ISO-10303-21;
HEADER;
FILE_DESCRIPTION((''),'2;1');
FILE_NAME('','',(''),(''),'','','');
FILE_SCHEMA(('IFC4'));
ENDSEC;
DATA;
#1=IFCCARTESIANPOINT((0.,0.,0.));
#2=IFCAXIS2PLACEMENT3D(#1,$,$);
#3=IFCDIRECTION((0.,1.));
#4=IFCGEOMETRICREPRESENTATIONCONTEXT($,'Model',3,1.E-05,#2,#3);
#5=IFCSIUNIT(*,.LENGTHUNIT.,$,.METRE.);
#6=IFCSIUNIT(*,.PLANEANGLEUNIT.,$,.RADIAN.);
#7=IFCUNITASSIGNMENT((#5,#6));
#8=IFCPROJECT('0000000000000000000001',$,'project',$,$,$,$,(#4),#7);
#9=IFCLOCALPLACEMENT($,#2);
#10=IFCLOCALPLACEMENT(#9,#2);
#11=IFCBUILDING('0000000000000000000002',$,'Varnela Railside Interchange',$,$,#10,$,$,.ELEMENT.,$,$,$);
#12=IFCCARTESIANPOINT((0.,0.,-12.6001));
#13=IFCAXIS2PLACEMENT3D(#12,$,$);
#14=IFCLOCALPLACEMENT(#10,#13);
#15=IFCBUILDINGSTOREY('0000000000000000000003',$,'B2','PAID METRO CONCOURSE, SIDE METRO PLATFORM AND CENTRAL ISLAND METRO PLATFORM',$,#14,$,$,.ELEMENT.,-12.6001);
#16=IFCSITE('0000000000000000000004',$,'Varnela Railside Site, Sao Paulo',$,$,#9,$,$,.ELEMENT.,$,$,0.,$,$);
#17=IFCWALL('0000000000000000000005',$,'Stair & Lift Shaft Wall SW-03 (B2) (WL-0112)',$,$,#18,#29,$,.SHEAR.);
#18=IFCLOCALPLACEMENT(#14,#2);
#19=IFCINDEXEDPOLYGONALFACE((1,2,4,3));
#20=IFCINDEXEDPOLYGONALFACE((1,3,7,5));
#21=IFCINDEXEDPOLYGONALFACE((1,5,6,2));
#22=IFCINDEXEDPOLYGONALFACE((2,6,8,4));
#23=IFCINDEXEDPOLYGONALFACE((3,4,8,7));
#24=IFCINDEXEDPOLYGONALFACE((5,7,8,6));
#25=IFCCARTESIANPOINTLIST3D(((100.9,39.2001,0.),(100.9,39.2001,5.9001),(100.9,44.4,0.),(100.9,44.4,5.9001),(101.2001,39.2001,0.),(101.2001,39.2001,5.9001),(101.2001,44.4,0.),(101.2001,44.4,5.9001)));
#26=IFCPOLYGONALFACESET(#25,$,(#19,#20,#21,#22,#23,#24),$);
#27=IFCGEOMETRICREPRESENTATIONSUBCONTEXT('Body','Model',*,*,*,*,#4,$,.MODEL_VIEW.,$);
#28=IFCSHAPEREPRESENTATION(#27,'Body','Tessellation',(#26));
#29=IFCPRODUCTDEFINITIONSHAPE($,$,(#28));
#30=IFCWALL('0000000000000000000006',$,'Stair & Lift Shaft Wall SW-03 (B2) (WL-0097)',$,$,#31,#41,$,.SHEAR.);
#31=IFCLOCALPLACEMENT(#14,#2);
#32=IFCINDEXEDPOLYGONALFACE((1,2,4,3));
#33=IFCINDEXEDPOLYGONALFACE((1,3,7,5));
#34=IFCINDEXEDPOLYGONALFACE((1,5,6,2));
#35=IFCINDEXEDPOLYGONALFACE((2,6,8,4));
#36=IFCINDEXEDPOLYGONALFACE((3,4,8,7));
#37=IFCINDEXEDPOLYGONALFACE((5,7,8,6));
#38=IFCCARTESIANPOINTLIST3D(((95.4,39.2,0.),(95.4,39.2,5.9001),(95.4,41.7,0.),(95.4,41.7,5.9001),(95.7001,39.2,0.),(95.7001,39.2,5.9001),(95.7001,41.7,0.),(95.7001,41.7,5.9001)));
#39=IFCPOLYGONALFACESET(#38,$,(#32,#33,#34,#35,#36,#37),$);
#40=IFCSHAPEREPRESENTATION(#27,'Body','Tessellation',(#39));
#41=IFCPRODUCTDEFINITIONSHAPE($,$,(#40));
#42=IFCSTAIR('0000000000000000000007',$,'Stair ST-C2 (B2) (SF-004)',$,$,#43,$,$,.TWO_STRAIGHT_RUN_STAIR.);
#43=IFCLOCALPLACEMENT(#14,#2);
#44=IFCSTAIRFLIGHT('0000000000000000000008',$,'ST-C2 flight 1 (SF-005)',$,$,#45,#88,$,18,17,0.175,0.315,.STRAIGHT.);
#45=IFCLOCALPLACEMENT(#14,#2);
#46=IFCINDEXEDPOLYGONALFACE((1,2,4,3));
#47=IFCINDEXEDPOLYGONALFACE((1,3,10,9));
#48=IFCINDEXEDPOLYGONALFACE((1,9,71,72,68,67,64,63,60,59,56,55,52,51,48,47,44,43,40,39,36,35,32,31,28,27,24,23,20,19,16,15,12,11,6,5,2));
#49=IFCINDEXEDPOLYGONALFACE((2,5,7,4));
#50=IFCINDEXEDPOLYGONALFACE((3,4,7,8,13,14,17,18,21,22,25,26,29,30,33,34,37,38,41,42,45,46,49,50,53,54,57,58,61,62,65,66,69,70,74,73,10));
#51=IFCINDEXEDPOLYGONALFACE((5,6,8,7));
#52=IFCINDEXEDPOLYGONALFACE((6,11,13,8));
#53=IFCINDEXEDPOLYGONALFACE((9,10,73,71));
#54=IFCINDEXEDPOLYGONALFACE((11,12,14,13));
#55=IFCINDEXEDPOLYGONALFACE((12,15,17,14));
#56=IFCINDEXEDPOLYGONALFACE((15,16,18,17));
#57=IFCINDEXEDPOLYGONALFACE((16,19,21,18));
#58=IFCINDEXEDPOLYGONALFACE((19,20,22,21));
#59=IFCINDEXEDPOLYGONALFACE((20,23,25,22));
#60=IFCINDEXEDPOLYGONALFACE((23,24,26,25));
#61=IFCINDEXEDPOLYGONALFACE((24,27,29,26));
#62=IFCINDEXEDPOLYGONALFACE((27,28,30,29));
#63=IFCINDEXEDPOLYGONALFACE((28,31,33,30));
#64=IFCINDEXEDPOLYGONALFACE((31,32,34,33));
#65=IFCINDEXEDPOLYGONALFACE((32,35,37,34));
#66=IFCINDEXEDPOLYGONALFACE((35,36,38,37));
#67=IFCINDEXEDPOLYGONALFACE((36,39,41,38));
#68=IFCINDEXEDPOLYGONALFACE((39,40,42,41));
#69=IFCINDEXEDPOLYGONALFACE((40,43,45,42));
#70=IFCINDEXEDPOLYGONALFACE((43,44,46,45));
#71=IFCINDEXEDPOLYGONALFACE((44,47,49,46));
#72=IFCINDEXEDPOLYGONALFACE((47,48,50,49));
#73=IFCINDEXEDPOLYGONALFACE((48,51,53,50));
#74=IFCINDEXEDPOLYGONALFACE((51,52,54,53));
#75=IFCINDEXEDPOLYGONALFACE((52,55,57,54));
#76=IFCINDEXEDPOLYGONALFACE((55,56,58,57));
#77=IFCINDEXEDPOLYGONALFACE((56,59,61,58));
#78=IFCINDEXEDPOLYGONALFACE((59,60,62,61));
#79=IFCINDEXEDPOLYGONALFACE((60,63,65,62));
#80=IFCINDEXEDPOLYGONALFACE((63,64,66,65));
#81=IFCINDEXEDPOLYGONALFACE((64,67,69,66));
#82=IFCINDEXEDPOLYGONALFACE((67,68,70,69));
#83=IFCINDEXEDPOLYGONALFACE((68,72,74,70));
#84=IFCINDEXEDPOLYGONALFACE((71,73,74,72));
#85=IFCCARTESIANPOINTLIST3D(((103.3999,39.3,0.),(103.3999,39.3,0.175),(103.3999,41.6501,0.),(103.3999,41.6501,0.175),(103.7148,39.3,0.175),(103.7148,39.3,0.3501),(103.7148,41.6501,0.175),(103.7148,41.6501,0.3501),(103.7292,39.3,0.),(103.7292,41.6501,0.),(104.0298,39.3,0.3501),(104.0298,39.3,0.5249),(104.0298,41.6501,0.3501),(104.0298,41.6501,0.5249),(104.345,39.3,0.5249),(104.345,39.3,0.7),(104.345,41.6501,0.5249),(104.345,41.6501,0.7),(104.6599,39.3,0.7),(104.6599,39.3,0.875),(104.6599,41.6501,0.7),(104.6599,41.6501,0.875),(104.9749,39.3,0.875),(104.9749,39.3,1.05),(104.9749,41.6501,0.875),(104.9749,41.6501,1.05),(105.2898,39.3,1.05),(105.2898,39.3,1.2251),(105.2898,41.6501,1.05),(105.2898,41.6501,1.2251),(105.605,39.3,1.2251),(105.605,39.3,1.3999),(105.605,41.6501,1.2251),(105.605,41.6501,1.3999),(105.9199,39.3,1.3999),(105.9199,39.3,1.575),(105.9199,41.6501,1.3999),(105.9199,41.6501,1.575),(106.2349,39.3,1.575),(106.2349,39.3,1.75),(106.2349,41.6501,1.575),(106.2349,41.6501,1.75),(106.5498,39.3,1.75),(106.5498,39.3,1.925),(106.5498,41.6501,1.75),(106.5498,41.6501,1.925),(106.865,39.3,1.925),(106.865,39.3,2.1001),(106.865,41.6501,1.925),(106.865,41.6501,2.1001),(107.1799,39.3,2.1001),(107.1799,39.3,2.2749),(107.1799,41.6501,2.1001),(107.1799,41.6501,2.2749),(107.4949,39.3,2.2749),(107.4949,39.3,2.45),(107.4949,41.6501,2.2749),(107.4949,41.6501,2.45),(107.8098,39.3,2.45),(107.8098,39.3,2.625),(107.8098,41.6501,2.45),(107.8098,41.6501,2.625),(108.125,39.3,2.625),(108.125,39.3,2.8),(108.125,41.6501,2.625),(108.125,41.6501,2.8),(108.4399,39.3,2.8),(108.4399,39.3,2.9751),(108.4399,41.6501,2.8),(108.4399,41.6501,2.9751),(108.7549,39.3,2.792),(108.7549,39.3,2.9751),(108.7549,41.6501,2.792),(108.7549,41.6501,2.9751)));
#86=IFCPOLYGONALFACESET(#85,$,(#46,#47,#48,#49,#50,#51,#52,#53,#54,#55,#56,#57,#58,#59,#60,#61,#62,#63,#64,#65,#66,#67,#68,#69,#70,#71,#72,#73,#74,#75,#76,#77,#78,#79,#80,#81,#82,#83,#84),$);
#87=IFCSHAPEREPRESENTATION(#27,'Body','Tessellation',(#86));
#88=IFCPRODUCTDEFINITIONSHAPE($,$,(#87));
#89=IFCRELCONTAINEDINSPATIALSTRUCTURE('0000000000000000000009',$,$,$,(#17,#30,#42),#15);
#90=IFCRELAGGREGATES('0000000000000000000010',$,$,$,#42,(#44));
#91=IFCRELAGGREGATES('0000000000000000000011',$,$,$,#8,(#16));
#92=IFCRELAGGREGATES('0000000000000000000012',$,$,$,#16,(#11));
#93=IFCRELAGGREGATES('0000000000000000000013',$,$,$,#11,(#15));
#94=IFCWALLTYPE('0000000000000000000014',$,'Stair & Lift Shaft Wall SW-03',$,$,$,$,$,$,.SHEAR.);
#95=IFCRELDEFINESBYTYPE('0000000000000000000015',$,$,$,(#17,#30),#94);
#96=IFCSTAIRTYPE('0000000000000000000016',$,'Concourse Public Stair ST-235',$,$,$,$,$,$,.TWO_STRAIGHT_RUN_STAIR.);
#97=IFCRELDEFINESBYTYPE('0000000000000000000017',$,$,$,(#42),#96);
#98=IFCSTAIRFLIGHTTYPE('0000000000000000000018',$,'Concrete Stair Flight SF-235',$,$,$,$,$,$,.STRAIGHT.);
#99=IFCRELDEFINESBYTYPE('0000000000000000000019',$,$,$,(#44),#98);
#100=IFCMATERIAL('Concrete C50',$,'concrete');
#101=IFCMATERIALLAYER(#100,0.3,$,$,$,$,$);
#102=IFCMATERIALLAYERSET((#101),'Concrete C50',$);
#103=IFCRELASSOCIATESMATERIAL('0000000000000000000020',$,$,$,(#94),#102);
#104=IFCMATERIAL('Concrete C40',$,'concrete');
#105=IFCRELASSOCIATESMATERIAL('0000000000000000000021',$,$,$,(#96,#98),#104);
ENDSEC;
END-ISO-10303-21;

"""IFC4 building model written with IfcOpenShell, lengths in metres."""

from ifc_helpers import new_model, si_unit, direction, frame, frame_2d, origin, place, context, subcontext, project, spatial, polyline, rectangle, outline, extrude, material, layer, layer_set, type_object, element, aggregate, save


model = new_model("IFC4")

# Units and contexts
model_context = context("Model", 3, precision=1e-05, world=origin(), true_north=direction((0.0, 1.0)))
body_context = subcontext(model_context, "Body", "Model", "MODEL_VIEW")
ifc_project = project(units=[si_unit("LENGTHUNIT", "METRE"), si_unit("PLANEANGLEUNIT", "RADIAN")], contexts=[model_context])

# Site, building, storey
site_placement = place(None, origin())
site = spatial("IfcSite", under=ifc_project, at=site_placement, Name="Varnela Railside Site, Sao Paulo", CompositionType="ELEMENT", RefElevation=0.0)
building_placement = place(site_placement, origin())
building = spatial("IfcBuilding", under=site, at=building_placement, Name="Varnela Railside Interchange", CompositionType="ELEMENT")
storey_placement = place(building_placement, frame((0.0, 0.0, -12.6001)))
storey = spatial("IfcBuildingStorey", under=building, at=storey_placement, Name="B2", Description="PAID METRO CONCOURSE, SIDE METRO PLATFORM AND CENTRAL ISLAND METRO PLATFORM", CompositionType="ELEMENT", Elevation=-12.6001)

# Shared definitions
ifc_material_1 = material(Name="Concrete C40", Category="concrete")

# Shared definitions
ifc_material_2 = material(Name="Concrete C50", Category="concrete")

# Shared definitions
ifc_layer = layer(ifc_material_2, 0.3)
ifc_layer_set = layer_set([ifc_layer], Name="Concrete C50")
wall_type = type_object("IfcWallType", Name="Stair & Lift Shaft Wall SW-03", PredefinedType="SHEAR", material=ifc_layer_set)

# Walls
wall_1_placement = place(storey_placement, frame((101.05, 39.2, 0.0), z_axis=(0.0, 0.0, 1.0), x_axis=(0.0, 1.0, 0.0)))
element("IfcWall", 1, at=wall_1_placement, inside=storey, type_object=wall_type, Name="Stair & Lift Shaft Wall SW-03 (B2) (WL-0112)", PredefinedType="SHEAR", context=body_context, shape_type="SweptSolid", body=[
    extrude(rectangle(XDim=5.2, YDim=0.3, at=frame_2d((2.6001, 0.0))), origin(), (0.0, 0.0, 1.0), 5.9001),
])
wall_2_placement = place(storey_placement, frame((95.55, 39.2, 0.0), z_axis=(0.0, 0.0, 1.0), x_axis=(0.0, 1.0, 0.0)))
element("IfcWall", 2, at=wall_2_placement, inside=storey, type_object=wall_type, Name="Stair & Lift Shaft Wall SW-03 (B2) (WL-0097)", PredefinedType="SHEAR", context=body_context, shape_type="SweptSolid", body=[
    extrude(rectangle(XDim=2.5, YDim=0.3, at=frame_2d((1.25, 0.0))), origin(), (0.0, 0.0, 1.0), 5.9001),
])

# Stair, stair flight
stair_type = type_object("IfcStairType", Name="Concourse Public Stair ST-235", PredefinedType="TWO_STRAIGHT_RUN_STAIR", material=ifc_material_1)
stair_placement = place(storey_placement, origin())
stair = element("IfcStair", 3, at=stair_placement, inside=storey, type_object=stair_type, Name="Stair ST-C2 (B2) (SF-004)", PredefinedType="TWO_STRAIGHT_RUN_STAIR")
stair_flight_type = type_object("IfcStairFlightType", Name="Concrete Stair Flight SF-235", PredefinedType="STRAIGHT", material=ifc_material_1)
stair_flight_placement = place(storey_placement, frame((103.3999, 40.4751, 0.0), z_axis=(0.0, 0.0, 1.0), x_axis=(1.0, 0.0, 0.0)))
stair_flight = element("IfcStairFlight", 4, at=stair_flight_placement, type_object=stair_flight_type, Name="ST-C2 flight 1 (SF-005)", NumberOfRisers=18, NumberOfTreads=17, PredefinedType="STRAIGHT", RiserHeight=0.175, TreadLength=0.315, context=body_context, shape_type="SweptSolid", body=[
    extrude(outline(polyline([(0.0, 0.0), (0.0, 0.175), (0.3149, 0.175), (0.3149, 0.3501), (0.6299, 0.3501), (0.6299, 0.5249), (0.9451, 0.5249), (0.9451, 0.7), (1.26, 0.7), (1.26, 0.875), (1.575, 0.875), (1.575, 1.05), (1.8899, 1.05), (1.8899, 1.2251), (2.2051, 1.2251), (2.2051, 1.3999), (2.52, 1.3999), (2.52, 1.575), (2.835, 1.575), (2.835, 1.75), (3.1499, 1.75), (3.1499, 1.925), (3.4651, 1.925), (3.4651, 2.1001), (3.78, 2.1001), (3.78, 2.2749), (4.095, 2.2749), (4.095, 2.45), (4.4099, 2.45), (4.4099, 2.625), (4.7251, 2.625), (4.7251, 2.8), (5.04, 2.8), (5.04, 2.9751), (5.355, 2.9751), (5.355, 3.1499), (5.355, 2.792), (0.3293, 0.0), (0.0, 0.0)])), frame((0.0, 1.175, 0.0), z_axis=(0.0, -1.0, 0.0), x_axis=(1.0, 0.0, 0.0)), (0.0, 0.0, 1.0), 2.3501),
])
aggregate(stair, [stair_flight])

save(model, "model.ifc")
